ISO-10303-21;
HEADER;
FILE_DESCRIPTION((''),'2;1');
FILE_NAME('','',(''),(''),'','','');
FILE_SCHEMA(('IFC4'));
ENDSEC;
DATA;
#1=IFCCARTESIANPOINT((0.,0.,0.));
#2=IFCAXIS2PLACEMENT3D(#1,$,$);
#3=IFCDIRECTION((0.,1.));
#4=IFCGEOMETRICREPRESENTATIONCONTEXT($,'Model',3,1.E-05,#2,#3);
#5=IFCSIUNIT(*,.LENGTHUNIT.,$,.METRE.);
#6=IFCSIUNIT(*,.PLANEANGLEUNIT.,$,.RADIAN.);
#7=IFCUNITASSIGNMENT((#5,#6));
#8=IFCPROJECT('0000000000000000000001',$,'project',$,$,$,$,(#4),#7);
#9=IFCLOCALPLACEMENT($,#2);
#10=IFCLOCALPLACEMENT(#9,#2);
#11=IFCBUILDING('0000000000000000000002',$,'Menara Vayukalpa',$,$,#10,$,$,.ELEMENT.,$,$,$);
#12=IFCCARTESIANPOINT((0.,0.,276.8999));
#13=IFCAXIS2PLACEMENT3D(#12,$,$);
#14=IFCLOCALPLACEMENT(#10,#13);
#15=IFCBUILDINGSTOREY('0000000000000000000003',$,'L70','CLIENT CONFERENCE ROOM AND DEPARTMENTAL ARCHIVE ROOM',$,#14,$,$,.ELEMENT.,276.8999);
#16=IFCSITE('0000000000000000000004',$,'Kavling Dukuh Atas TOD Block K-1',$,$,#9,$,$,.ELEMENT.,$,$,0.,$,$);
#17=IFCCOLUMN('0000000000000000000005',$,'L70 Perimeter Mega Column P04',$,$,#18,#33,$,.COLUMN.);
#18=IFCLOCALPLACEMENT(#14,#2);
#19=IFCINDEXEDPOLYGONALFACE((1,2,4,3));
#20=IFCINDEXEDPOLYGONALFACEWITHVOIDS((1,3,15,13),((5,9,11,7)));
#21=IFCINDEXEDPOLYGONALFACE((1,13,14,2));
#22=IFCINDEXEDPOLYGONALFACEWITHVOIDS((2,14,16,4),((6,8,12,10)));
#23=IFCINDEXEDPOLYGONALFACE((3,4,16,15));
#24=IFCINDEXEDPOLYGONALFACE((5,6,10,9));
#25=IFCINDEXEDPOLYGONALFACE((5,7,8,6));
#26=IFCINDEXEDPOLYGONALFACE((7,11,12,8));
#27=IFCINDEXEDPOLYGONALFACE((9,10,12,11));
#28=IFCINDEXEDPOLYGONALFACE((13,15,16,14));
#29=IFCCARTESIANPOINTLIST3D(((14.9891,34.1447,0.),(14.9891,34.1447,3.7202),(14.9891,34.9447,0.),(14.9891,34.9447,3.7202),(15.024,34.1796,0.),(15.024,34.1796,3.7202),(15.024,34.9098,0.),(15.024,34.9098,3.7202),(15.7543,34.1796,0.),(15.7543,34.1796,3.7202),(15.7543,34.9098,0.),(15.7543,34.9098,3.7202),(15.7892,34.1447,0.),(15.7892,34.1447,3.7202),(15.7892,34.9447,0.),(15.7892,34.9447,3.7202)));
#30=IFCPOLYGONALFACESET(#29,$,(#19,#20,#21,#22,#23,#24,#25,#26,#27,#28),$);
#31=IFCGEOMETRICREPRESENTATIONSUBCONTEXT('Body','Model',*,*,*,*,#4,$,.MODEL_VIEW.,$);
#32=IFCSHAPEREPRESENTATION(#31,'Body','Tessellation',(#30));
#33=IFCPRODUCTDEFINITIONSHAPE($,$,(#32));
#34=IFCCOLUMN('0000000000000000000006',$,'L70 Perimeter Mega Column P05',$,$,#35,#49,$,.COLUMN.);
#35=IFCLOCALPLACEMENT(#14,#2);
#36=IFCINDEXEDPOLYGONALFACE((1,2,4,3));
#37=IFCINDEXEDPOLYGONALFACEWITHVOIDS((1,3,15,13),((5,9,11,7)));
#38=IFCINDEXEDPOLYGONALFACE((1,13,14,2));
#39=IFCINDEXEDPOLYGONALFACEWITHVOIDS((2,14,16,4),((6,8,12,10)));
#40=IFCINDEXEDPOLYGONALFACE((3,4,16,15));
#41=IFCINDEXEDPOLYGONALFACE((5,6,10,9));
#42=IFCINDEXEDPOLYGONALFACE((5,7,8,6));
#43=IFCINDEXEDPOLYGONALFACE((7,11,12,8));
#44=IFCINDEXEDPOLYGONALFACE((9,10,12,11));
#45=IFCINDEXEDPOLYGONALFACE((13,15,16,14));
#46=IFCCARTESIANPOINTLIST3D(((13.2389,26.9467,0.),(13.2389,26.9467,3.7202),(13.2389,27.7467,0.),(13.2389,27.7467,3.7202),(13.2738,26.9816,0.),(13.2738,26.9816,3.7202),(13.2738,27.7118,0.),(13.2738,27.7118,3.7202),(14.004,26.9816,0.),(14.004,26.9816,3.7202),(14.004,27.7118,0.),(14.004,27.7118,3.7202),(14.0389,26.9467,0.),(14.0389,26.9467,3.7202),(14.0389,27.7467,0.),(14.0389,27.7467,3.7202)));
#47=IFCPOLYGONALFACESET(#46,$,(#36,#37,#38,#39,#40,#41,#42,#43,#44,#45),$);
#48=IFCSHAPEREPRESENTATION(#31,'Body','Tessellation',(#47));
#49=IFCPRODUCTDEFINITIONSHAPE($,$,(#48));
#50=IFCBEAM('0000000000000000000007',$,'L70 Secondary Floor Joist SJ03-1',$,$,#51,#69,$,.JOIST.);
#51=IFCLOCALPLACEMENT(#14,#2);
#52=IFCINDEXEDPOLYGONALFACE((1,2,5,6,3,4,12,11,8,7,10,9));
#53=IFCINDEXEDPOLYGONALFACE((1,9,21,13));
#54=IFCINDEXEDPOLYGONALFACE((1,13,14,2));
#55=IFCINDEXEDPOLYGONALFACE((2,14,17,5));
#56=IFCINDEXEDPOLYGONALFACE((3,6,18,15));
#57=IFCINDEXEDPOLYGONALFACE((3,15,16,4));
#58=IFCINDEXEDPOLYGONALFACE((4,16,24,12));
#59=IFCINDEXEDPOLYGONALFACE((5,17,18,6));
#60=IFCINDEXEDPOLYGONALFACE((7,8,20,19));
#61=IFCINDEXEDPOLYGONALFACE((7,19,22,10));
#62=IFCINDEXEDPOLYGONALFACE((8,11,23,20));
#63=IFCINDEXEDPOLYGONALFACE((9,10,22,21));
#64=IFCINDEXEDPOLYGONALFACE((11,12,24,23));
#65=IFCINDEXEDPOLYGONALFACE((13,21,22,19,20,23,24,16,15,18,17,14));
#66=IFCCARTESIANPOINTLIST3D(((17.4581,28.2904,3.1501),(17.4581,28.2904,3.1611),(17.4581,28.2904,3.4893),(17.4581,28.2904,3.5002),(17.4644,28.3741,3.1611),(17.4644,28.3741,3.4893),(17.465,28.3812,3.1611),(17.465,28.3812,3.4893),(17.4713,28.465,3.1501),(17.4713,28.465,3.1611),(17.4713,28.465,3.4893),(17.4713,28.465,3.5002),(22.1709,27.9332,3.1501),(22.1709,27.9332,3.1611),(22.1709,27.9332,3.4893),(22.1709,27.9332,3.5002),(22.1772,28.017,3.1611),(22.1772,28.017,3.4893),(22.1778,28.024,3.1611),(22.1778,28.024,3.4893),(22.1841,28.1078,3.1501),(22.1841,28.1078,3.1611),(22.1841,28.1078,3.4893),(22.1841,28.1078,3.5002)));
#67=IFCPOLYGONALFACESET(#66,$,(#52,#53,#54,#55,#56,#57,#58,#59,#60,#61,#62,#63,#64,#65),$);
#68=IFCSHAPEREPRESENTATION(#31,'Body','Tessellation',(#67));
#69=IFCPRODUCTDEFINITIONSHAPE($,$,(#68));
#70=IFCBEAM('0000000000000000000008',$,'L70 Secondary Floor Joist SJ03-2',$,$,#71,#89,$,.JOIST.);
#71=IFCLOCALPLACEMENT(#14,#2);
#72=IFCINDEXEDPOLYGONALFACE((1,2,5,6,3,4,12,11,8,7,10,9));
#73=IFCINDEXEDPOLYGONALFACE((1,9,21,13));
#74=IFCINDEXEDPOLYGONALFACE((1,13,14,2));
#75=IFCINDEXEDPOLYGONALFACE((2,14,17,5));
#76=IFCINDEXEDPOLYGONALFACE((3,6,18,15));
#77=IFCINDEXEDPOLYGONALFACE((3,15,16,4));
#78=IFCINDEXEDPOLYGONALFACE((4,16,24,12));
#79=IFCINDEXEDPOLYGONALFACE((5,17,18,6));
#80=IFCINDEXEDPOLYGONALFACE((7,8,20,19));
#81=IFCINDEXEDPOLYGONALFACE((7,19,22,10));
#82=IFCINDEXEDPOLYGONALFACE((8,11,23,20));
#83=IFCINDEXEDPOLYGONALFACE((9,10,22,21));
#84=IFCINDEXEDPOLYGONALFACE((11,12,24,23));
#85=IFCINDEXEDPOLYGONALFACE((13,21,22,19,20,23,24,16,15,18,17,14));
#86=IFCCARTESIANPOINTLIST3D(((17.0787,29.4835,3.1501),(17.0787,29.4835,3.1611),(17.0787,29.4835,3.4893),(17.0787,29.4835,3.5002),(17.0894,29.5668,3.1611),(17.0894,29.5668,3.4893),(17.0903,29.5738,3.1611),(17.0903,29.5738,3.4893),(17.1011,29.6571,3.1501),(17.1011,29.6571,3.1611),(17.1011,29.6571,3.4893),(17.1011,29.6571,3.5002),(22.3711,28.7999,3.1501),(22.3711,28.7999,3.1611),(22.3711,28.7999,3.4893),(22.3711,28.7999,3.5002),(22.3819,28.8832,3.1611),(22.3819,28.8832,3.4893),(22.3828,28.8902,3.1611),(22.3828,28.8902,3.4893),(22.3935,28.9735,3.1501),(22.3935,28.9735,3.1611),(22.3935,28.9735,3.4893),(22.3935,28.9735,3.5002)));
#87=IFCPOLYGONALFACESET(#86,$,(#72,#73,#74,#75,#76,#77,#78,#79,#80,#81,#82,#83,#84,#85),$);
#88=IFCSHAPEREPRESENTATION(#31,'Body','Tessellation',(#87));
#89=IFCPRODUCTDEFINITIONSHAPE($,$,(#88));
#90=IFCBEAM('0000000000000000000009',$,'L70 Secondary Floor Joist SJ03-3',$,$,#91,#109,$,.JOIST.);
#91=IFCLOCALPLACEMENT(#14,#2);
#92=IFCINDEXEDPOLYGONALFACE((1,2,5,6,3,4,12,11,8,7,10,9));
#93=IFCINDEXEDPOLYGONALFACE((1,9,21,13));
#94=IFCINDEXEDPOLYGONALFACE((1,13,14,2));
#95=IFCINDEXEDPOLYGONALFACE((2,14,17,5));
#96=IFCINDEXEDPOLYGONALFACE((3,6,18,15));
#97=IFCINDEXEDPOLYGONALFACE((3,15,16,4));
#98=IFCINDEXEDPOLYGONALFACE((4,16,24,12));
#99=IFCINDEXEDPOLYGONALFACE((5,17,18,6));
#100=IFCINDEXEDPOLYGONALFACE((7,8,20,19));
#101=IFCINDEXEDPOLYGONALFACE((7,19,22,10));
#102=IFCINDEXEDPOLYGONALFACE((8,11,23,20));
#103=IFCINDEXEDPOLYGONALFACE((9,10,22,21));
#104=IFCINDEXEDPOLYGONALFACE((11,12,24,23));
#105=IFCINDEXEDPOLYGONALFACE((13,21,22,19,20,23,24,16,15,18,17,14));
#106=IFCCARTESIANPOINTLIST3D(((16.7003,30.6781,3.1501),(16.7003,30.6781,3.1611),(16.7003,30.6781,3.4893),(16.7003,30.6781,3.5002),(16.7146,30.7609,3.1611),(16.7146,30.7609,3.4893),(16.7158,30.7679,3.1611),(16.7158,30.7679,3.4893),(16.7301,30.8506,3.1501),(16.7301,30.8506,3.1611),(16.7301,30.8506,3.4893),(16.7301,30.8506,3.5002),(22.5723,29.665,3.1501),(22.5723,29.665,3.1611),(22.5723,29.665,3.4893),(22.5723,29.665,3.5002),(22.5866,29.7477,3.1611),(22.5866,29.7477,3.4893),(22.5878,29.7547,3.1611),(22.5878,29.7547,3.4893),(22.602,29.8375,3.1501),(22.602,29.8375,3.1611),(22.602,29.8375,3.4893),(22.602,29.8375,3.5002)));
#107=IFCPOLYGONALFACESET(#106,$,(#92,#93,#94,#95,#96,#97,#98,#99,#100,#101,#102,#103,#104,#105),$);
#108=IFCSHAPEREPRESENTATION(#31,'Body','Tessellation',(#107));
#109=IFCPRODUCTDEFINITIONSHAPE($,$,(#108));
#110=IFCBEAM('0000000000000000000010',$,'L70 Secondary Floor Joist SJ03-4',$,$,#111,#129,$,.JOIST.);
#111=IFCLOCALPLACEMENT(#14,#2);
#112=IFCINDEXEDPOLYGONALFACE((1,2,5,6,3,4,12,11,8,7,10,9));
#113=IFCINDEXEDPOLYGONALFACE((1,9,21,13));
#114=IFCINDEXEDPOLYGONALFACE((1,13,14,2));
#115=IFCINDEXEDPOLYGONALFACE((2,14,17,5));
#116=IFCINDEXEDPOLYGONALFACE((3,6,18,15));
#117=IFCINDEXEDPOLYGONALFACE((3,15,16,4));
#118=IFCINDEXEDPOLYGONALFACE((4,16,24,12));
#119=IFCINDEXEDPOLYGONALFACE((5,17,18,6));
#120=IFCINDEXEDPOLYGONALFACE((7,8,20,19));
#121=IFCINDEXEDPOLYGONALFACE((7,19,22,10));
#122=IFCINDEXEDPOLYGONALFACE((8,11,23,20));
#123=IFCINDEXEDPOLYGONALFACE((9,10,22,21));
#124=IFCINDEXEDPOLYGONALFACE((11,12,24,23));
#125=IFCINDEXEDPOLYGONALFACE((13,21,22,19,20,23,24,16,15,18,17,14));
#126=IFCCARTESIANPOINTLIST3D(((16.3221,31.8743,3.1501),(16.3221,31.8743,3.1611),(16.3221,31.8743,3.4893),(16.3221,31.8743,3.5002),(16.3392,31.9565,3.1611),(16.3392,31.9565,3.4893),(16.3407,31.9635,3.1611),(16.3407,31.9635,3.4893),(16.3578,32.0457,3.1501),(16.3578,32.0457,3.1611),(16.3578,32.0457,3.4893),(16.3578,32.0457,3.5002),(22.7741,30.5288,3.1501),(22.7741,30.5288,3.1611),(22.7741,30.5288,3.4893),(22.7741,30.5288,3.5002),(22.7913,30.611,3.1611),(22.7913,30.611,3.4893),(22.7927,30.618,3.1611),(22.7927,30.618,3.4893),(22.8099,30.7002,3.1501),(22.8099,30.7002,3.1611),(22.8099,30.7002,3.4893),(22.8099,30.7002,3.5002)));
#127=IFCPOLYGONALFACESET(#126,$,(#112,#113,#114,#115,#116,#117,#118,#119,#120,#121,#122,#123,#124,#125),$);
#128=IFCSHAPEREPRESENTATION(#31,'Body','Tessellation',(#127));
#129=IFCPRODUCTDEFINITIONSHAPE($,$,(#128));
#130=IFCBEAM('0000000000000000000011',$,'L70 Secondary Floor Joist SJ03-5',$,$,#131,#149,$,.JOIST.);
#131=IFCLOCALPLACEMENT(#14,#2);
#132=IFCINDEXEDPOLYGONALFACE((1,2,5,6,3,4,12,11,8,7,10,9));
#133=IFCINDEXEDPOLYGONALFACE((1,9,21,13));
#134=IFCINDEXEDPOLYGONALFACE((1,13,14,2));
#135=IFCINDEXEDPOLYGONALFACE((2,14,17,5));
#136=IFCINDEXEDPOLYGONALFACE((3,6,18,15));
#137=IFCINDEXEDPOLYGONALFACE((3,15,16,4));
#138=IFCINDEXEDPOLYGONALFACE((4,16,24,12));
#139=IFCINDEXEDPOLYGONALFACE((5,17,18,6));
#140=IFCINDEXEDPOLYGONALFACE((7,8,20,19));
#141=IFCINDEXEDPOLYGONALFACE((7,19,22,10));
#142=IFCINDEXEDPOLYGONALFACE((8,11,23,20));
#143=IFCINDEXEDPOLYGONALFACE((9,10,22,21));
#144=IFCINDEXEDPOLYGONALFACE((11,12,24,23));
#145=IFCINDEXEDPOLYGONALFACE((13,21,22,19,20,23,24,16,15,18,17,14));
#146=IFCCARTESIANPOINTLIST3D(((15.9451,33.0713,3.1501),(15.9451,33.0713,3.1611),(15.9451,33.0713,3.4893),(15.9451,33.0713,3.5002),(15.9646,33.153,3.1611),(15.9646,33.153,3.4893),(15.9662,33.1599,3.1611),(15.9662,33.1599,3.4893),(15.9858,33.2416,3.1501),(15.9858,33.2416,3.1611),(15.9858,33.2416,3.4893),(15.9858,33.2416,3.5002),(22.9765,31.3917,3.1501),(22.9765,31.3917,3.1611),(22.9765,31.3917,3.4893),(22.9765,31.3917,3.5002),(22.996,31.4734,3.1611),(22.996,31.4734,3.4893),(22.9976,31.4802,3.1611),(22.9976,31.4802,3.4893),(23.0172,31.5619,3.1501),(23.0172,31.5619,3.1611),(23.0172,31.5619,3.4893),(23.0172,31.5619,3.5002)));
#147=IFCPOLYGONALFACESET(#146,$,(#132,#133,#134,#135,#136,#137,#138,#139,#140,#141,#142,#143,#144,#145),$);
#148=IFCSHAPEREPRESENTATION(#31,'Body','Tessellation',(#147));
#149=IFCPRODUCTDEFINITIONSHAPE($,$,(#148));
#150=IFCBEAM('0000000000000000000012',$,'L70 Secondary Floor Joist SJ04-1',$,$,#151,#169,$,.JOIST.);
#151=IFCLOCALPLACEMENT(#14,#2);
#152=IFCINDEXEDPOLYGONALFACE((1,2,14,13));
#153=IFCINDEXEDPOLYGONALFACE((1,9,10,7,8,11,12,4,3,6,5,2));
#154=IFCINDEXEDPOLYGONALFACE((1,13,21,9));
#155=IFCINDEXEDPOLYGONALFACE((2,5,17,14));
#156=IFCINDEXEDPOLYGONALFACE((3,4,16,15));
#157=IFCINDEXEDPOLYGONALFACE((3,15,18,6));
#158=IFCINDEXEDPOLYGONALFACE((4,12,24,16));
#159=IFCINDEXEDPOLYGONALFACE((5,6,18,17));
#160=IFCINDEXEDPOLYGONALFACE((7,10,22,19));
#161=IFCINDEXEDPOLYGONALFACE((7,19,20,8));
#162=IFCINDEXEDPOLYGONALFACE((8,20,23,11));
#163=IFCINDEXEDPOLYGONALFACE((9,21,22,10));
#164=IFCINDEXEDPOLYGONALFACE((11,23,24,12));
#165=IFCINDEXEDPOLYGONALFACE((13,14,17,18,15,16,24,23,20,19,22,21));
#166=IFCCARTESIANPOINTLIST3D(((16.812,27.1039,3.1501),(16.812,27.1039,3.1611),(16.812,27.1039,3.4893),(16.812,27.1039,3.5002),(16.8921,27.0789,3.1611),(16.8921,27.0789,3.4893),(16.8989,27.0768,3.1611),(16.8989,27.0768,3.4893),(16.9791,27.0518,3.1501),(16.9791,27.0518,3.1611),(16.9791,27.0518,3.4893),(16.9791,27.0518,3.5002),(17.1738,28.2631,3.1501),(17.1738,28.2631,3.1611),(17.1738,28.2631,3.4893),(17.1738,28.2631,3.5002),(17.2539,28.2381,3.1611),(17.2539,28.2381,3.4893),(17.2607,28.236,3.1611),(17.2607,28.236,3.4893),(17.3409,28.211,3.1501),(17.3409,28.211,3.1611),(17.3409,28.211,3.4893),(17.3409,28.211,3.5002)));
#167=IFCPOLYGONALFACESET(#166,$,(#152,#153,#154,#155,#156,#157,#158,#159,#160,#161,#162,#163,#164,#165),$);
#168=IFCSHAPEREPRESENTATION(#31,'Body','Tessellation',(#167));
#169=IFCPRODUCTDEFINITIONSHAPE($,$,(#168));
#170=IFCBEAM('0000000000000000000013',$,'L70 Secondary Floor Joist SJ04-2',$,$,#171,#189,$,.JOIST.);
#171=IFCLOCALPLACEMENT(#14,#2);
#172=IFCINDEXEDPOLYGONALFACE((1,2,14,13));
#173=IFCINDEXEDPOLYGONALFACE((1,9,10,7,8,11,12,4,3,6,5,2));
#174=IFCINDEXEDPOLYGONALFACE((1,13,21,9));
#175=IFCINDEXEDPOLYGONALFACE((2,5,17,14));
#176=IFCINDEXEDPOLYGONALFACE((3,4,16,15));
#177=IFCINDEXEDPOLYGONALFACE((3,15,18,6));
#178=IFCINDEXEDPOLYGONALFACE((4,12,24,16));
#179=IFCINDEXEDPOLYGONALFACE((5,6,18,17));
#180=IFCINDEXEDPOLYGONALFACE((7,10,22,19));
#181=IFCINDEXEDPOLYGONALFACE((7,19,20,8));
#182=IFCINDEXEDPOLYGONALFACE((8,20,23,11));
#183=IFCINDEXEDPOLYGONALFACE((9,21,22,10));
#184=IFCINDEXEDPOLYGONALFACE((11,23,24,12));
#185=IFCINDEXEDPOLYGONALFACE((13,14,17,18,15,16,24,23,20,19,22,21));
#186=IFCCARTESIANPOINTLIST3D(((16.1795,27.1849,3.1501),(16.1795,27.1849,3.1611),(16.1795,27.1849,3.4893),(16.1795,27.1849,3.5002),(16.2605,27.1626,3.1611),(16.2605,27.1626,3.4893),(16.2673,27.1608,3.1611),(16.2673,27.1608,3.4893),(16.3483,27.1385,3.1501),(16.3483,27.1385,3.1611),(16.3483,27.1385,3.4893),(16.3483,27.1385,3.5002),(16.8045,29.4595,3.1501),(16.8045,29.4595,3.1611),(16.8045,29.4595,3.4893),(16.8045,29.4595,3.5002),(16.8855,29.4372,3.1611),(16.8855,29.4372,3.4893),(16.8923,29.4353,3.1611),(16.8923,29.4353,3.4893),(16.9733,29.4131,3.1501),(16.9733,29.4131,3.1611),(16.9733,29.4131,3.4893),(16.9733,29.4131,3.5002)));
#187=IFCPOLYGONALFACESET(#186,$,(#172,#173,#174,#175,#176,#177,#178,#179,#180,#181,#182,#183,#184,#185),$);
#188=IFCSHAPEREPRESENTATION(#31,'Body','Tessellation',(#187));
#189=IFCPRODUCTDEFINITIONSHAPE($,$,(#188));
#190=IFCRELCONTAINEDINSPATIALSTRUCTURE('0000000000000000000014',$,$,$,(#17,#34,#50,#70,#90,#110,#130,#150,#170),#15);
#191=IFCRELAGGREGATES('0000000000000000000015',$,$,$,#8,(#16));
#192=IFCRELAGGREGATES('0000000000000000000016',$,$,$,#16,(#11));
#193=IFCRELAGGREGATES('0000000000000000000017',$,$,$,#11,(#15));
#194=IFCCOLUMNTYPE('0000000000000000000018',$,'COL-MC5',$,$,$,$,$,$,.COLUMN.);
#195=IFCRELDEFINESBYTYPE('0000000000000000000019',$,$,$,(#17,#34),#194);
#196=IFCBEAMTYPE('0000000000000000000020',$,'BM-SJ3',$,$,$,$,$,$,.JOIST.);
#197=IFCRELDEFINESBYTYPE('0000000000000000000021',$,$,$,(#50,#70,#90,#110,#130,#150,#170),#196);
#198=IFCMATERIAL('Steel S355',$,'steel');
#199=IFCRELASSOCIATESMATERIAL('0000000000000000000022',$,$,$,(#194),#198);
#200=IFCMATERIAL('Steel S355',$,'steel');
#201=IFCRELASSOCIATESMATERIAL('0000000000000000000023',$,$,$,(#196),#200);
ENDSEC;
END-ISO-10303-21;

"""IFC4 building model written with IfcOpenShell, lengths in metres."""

from ifc_helpers import new_model, si_unit, direction, frame, origin, origin_2d, place, context, subcontext, project, spatial, hollow_rectangle, i_section, extrude, material, material_profile, profile_set, type_object, element, save


model = new_model("IFC4")

# Units and contexts
model_context = context("Model", 3, precision=1e-05, world=origin(), true_north=direction((0.0, 1.0)))
body_context = subcontext(model_context, "Body", "Model", "MODEL_VIEW")
ifc_project = project(units=[si_unit("LENGTHUNIT", "METRE"), si_unit("PLANEANGLEUNIT", "RADIAN")], contexts=[model_context])

# Site, building, storey
site_placement = place(None, origin())
site = spatial("IfcSite", under=ifc_project, at=site_placement, Name="Kavling Dukuh Atas TOD Block K-1", CompositionType="ELEMENT", RefElevation=0.0)
building_placement = place(site_placement, origin())
building = spatial("IfcBuilding", under=site, at=building_placement, Name="Menara Vayukalpa", CompositionType="ELEMENT")
storey_placement = place(building_placement, frame((0.0, 0.0, 276.8999)))
storey = spatial("IfcBuildingStorey", under=building, at=storey_placement, Name="L70", Description="CLIENT CONFERENCE ROOM AND DEPARTMENTAL ARCHIVE ROOM", CompositionType="ELEMENT", Elevation=276.8999)

# Columns
ifc_material_1 = material(Name="Steel S355", Category="steel")
ifc_material_profile_1 = material_profile(ifc_material_1, hollow_rectangle(XDim=0.8, YDim=0.8, WallThickness=0.0349, at=origin_2d()), Name="BOX 800x800x35")
ifc_profile_set_1 = profile_set([ifc_material_profile_1], Name="Steel S355")
column_type = type_object("IfcColumnType", Name="COL-MC5", PredefinedType="COLUMN", material=ifc_profile_set_1)
for number, where, z_axis, x_axis, name in (
    (1, (15.3892, 34.5447, 0.0), (0.0, 0.0, 1.0), (1.0, 0.0, 0.0), "L70 Perimeter Mega Column P04"),
    (2, (13.6389, 27.3467, 0.0), (0.0, 0.0, 1.0), (1.0, 0.0, 0.0), "L70 Perimeter Mega Column P05"),
):
    element("IfcColumn", number, at=place(storey_placement, frame(where, z_axis=z_axis, x_axis=x_axis)), inside=storey, type_object=column_type, Name=name, PredefinedType="COLUMN", context=body_context, shape_type="SweptSolid", body=[
        extrude(hollow_rectangle(XDim=0.8, YDim=0.8, WallThickness=0.0349, at=origin_2d()), origin(), (0.0, 0.0, 1.0), 3.7202),
    ])

# Beams
ifc_material_2 = material(Name="Steel S355", Category="steel")
ifc_material_profile_2 = material_profile(ifc_material_2, i_section(OverallWidth=0.175, OverallDepth=0.3501, WebThickness=0.0071, FlangeThickness=0.011, at=origin_2d()), Name="WF 350x175x7x11")
ifc_profile_set_2 = profile_set([ifc_material_profile_2], Name="Steel S355")
beam_type_1 = type_object("IfcBeamType", Name="BM-SJ3", PredefinedType="JOIST", material=ifc_profile_set_2)
beam_1_placement = place(storey_placement, frame((22.1775, 28.0205, 3.3252), z_axis=(-0.99714, 0.075571, 0.0), x_axis=(-0.075571, -0.99714, 0.0)))
element("IfcBeam", 3, at=beam_1_placement, inside=storey, type_object=beam_type_1, Name="L70 Secondary Floor Joist SJ03-1", PredefinedType="JOIST", context=body_context, shape_type="SweptSolid", body=[
    extrude(i_section(OverallWidth=0.175, OverallDepth=0.3501, WebThickness=0.0071, FlangeThickness=0.011, at=origin_2d()), origin(), (0.0, 0.0, 1.0), 4.7263),
])
beam_2_placement = place(storey_placement, frame((22.3823, 28.8867, 3.3252), z_axis=(-0.991761, 0.128099, 0.0), x_axis=(-0.128099, -0.991761, 0.0)))
element("IfcBeam", 4, at=beam_2_placement, inside=storey, type_object=beam_type_1, Name="L70 Secondary Floor Joist SJ03-2", PredefinedType="JOIST", context=body_context, shape_type="SweptSolid", body=[
    extrude(i_section(OverallWidth=0.175, OverallDepth=0.3501, WebThickness=0.0071, FlangeThickness=0.011, at=origin_2d()), origin(), (0.0, 0.0, 1.0), 5.3364),
])
beam_3_placement = place(storey_placement, frame((22.5872, 29.7512, 3.3252), z_axis=(-0.985439, 0.17003, 0.0), x_axis=(-0.17003, -0.985439, 0.0)))
element("IfcBeam", 5, at=beam_3_placement, inside=storey, type_object=beam_type_1, Name="L70 Secondary Floor Joist SJ03-3", PredefinedType="JOIST", context=body_context, shape_type="SweptSolid", body=[
    extrude(i_section(OverallWidth=0.175, OverallDepth=0.3501, WebThickness=0.0071, FlangeThickness=0.011, at=origin_2d()), origin(), (0.0, 0.0, 1.0), 5.9587),
])
beam_4_placement = place(storey_placement, frame((22.792, 30.6145, 3.3252), z_axis=(-0.978941, 0.204145, 0.0), x_axis=(-0.204145, -0.978941, 0.0)))
element("IfcBeam", 6, at=beam_4_placement, inside=storey, type_object=beam_type_1, Name="L70 Secondary Floor Joist SJ03-4", PredefinedType="JOIST", context=body_context, shape_type="SweptSolid", body=[
    extrude(i_section(OverallWidth=0.175, OverallDepth=0.3501, WebThickness=0.0071, FlangeThickness=0.011, at=origin_2d()), origin(), (0.0, 0.0, 1.0), 6.5908),
])
beam_5_placement = place(storey_placement, frame((22.9968, 31.4768, 3.3252), z_axis=(-0.972634, 0.232343, 0.0), x_axis=(-0.232343, -0.972634, 0.0)))
element("IfcBeam", 7, at=beam_5_placement, inside=storey, type_object=beam_type_1, Name="L70 Secondary Floor Joist SJ03-5", PredefinedType="JOIST", context=body_context, shape_type="SweptSolid", body=[
    extrude(i_section(OverallWidth=0.175, OverallDepth=0.3501, WebThickness=0.0071, FlangeThickness=0.011, at=origin_2d()), origin(), (0.0, 0.0, 1.0), 7.2292),
])
beam_6_placement = place(storey_placement, frame((17.2573, 28.2371, 3.3252), z_axis=(-0.297954, -0.95458, 0.0), x_axis=(0.95458, -0.297954, 0.0)))
element("IfcBeam", 8, at=beam_6_placement, inside=storey, type_object=beam_type_1, Name="L70 Secondary Floor Joist SJ04-1", PredefinedType="JOIST", context=body_context, shape_type="SweptSolid", body=[
    extrude(i_section(OverallWidth=0.175, OverallDepth=0.3501, WebThickness=0.0071, FlangeThickness=0.011, at=origin_2d()), origin(), (0.0, 0.0, 1.0), 1.2144),
])
beam_7_placement = place(storey_placement, frame((16.8889, 29.4363, 3.3252), z_axis=(-0.264947, -0.964263, 0.0), x_axis=(0.964263, -0.264947, 0.0)))
element("IfcBeam", 9, at=beam_7_placement, inside=storey, type_object=beam_type_1, Name="L70 Secondary Floor Joist SJ04-2", PredefinedType="JOIST", context=body_context, shape_type="SweptSolid", body=[
    extrude(i_section(OverallWidth=0.175, OverallDepth=0.3501, WebThickness=0.0071, FlangeThickness=0.011, at=origin_2d()), origin(), (0.0, 0.0, 1.0), 2.3589),
])

save(model, "model.ifc")
